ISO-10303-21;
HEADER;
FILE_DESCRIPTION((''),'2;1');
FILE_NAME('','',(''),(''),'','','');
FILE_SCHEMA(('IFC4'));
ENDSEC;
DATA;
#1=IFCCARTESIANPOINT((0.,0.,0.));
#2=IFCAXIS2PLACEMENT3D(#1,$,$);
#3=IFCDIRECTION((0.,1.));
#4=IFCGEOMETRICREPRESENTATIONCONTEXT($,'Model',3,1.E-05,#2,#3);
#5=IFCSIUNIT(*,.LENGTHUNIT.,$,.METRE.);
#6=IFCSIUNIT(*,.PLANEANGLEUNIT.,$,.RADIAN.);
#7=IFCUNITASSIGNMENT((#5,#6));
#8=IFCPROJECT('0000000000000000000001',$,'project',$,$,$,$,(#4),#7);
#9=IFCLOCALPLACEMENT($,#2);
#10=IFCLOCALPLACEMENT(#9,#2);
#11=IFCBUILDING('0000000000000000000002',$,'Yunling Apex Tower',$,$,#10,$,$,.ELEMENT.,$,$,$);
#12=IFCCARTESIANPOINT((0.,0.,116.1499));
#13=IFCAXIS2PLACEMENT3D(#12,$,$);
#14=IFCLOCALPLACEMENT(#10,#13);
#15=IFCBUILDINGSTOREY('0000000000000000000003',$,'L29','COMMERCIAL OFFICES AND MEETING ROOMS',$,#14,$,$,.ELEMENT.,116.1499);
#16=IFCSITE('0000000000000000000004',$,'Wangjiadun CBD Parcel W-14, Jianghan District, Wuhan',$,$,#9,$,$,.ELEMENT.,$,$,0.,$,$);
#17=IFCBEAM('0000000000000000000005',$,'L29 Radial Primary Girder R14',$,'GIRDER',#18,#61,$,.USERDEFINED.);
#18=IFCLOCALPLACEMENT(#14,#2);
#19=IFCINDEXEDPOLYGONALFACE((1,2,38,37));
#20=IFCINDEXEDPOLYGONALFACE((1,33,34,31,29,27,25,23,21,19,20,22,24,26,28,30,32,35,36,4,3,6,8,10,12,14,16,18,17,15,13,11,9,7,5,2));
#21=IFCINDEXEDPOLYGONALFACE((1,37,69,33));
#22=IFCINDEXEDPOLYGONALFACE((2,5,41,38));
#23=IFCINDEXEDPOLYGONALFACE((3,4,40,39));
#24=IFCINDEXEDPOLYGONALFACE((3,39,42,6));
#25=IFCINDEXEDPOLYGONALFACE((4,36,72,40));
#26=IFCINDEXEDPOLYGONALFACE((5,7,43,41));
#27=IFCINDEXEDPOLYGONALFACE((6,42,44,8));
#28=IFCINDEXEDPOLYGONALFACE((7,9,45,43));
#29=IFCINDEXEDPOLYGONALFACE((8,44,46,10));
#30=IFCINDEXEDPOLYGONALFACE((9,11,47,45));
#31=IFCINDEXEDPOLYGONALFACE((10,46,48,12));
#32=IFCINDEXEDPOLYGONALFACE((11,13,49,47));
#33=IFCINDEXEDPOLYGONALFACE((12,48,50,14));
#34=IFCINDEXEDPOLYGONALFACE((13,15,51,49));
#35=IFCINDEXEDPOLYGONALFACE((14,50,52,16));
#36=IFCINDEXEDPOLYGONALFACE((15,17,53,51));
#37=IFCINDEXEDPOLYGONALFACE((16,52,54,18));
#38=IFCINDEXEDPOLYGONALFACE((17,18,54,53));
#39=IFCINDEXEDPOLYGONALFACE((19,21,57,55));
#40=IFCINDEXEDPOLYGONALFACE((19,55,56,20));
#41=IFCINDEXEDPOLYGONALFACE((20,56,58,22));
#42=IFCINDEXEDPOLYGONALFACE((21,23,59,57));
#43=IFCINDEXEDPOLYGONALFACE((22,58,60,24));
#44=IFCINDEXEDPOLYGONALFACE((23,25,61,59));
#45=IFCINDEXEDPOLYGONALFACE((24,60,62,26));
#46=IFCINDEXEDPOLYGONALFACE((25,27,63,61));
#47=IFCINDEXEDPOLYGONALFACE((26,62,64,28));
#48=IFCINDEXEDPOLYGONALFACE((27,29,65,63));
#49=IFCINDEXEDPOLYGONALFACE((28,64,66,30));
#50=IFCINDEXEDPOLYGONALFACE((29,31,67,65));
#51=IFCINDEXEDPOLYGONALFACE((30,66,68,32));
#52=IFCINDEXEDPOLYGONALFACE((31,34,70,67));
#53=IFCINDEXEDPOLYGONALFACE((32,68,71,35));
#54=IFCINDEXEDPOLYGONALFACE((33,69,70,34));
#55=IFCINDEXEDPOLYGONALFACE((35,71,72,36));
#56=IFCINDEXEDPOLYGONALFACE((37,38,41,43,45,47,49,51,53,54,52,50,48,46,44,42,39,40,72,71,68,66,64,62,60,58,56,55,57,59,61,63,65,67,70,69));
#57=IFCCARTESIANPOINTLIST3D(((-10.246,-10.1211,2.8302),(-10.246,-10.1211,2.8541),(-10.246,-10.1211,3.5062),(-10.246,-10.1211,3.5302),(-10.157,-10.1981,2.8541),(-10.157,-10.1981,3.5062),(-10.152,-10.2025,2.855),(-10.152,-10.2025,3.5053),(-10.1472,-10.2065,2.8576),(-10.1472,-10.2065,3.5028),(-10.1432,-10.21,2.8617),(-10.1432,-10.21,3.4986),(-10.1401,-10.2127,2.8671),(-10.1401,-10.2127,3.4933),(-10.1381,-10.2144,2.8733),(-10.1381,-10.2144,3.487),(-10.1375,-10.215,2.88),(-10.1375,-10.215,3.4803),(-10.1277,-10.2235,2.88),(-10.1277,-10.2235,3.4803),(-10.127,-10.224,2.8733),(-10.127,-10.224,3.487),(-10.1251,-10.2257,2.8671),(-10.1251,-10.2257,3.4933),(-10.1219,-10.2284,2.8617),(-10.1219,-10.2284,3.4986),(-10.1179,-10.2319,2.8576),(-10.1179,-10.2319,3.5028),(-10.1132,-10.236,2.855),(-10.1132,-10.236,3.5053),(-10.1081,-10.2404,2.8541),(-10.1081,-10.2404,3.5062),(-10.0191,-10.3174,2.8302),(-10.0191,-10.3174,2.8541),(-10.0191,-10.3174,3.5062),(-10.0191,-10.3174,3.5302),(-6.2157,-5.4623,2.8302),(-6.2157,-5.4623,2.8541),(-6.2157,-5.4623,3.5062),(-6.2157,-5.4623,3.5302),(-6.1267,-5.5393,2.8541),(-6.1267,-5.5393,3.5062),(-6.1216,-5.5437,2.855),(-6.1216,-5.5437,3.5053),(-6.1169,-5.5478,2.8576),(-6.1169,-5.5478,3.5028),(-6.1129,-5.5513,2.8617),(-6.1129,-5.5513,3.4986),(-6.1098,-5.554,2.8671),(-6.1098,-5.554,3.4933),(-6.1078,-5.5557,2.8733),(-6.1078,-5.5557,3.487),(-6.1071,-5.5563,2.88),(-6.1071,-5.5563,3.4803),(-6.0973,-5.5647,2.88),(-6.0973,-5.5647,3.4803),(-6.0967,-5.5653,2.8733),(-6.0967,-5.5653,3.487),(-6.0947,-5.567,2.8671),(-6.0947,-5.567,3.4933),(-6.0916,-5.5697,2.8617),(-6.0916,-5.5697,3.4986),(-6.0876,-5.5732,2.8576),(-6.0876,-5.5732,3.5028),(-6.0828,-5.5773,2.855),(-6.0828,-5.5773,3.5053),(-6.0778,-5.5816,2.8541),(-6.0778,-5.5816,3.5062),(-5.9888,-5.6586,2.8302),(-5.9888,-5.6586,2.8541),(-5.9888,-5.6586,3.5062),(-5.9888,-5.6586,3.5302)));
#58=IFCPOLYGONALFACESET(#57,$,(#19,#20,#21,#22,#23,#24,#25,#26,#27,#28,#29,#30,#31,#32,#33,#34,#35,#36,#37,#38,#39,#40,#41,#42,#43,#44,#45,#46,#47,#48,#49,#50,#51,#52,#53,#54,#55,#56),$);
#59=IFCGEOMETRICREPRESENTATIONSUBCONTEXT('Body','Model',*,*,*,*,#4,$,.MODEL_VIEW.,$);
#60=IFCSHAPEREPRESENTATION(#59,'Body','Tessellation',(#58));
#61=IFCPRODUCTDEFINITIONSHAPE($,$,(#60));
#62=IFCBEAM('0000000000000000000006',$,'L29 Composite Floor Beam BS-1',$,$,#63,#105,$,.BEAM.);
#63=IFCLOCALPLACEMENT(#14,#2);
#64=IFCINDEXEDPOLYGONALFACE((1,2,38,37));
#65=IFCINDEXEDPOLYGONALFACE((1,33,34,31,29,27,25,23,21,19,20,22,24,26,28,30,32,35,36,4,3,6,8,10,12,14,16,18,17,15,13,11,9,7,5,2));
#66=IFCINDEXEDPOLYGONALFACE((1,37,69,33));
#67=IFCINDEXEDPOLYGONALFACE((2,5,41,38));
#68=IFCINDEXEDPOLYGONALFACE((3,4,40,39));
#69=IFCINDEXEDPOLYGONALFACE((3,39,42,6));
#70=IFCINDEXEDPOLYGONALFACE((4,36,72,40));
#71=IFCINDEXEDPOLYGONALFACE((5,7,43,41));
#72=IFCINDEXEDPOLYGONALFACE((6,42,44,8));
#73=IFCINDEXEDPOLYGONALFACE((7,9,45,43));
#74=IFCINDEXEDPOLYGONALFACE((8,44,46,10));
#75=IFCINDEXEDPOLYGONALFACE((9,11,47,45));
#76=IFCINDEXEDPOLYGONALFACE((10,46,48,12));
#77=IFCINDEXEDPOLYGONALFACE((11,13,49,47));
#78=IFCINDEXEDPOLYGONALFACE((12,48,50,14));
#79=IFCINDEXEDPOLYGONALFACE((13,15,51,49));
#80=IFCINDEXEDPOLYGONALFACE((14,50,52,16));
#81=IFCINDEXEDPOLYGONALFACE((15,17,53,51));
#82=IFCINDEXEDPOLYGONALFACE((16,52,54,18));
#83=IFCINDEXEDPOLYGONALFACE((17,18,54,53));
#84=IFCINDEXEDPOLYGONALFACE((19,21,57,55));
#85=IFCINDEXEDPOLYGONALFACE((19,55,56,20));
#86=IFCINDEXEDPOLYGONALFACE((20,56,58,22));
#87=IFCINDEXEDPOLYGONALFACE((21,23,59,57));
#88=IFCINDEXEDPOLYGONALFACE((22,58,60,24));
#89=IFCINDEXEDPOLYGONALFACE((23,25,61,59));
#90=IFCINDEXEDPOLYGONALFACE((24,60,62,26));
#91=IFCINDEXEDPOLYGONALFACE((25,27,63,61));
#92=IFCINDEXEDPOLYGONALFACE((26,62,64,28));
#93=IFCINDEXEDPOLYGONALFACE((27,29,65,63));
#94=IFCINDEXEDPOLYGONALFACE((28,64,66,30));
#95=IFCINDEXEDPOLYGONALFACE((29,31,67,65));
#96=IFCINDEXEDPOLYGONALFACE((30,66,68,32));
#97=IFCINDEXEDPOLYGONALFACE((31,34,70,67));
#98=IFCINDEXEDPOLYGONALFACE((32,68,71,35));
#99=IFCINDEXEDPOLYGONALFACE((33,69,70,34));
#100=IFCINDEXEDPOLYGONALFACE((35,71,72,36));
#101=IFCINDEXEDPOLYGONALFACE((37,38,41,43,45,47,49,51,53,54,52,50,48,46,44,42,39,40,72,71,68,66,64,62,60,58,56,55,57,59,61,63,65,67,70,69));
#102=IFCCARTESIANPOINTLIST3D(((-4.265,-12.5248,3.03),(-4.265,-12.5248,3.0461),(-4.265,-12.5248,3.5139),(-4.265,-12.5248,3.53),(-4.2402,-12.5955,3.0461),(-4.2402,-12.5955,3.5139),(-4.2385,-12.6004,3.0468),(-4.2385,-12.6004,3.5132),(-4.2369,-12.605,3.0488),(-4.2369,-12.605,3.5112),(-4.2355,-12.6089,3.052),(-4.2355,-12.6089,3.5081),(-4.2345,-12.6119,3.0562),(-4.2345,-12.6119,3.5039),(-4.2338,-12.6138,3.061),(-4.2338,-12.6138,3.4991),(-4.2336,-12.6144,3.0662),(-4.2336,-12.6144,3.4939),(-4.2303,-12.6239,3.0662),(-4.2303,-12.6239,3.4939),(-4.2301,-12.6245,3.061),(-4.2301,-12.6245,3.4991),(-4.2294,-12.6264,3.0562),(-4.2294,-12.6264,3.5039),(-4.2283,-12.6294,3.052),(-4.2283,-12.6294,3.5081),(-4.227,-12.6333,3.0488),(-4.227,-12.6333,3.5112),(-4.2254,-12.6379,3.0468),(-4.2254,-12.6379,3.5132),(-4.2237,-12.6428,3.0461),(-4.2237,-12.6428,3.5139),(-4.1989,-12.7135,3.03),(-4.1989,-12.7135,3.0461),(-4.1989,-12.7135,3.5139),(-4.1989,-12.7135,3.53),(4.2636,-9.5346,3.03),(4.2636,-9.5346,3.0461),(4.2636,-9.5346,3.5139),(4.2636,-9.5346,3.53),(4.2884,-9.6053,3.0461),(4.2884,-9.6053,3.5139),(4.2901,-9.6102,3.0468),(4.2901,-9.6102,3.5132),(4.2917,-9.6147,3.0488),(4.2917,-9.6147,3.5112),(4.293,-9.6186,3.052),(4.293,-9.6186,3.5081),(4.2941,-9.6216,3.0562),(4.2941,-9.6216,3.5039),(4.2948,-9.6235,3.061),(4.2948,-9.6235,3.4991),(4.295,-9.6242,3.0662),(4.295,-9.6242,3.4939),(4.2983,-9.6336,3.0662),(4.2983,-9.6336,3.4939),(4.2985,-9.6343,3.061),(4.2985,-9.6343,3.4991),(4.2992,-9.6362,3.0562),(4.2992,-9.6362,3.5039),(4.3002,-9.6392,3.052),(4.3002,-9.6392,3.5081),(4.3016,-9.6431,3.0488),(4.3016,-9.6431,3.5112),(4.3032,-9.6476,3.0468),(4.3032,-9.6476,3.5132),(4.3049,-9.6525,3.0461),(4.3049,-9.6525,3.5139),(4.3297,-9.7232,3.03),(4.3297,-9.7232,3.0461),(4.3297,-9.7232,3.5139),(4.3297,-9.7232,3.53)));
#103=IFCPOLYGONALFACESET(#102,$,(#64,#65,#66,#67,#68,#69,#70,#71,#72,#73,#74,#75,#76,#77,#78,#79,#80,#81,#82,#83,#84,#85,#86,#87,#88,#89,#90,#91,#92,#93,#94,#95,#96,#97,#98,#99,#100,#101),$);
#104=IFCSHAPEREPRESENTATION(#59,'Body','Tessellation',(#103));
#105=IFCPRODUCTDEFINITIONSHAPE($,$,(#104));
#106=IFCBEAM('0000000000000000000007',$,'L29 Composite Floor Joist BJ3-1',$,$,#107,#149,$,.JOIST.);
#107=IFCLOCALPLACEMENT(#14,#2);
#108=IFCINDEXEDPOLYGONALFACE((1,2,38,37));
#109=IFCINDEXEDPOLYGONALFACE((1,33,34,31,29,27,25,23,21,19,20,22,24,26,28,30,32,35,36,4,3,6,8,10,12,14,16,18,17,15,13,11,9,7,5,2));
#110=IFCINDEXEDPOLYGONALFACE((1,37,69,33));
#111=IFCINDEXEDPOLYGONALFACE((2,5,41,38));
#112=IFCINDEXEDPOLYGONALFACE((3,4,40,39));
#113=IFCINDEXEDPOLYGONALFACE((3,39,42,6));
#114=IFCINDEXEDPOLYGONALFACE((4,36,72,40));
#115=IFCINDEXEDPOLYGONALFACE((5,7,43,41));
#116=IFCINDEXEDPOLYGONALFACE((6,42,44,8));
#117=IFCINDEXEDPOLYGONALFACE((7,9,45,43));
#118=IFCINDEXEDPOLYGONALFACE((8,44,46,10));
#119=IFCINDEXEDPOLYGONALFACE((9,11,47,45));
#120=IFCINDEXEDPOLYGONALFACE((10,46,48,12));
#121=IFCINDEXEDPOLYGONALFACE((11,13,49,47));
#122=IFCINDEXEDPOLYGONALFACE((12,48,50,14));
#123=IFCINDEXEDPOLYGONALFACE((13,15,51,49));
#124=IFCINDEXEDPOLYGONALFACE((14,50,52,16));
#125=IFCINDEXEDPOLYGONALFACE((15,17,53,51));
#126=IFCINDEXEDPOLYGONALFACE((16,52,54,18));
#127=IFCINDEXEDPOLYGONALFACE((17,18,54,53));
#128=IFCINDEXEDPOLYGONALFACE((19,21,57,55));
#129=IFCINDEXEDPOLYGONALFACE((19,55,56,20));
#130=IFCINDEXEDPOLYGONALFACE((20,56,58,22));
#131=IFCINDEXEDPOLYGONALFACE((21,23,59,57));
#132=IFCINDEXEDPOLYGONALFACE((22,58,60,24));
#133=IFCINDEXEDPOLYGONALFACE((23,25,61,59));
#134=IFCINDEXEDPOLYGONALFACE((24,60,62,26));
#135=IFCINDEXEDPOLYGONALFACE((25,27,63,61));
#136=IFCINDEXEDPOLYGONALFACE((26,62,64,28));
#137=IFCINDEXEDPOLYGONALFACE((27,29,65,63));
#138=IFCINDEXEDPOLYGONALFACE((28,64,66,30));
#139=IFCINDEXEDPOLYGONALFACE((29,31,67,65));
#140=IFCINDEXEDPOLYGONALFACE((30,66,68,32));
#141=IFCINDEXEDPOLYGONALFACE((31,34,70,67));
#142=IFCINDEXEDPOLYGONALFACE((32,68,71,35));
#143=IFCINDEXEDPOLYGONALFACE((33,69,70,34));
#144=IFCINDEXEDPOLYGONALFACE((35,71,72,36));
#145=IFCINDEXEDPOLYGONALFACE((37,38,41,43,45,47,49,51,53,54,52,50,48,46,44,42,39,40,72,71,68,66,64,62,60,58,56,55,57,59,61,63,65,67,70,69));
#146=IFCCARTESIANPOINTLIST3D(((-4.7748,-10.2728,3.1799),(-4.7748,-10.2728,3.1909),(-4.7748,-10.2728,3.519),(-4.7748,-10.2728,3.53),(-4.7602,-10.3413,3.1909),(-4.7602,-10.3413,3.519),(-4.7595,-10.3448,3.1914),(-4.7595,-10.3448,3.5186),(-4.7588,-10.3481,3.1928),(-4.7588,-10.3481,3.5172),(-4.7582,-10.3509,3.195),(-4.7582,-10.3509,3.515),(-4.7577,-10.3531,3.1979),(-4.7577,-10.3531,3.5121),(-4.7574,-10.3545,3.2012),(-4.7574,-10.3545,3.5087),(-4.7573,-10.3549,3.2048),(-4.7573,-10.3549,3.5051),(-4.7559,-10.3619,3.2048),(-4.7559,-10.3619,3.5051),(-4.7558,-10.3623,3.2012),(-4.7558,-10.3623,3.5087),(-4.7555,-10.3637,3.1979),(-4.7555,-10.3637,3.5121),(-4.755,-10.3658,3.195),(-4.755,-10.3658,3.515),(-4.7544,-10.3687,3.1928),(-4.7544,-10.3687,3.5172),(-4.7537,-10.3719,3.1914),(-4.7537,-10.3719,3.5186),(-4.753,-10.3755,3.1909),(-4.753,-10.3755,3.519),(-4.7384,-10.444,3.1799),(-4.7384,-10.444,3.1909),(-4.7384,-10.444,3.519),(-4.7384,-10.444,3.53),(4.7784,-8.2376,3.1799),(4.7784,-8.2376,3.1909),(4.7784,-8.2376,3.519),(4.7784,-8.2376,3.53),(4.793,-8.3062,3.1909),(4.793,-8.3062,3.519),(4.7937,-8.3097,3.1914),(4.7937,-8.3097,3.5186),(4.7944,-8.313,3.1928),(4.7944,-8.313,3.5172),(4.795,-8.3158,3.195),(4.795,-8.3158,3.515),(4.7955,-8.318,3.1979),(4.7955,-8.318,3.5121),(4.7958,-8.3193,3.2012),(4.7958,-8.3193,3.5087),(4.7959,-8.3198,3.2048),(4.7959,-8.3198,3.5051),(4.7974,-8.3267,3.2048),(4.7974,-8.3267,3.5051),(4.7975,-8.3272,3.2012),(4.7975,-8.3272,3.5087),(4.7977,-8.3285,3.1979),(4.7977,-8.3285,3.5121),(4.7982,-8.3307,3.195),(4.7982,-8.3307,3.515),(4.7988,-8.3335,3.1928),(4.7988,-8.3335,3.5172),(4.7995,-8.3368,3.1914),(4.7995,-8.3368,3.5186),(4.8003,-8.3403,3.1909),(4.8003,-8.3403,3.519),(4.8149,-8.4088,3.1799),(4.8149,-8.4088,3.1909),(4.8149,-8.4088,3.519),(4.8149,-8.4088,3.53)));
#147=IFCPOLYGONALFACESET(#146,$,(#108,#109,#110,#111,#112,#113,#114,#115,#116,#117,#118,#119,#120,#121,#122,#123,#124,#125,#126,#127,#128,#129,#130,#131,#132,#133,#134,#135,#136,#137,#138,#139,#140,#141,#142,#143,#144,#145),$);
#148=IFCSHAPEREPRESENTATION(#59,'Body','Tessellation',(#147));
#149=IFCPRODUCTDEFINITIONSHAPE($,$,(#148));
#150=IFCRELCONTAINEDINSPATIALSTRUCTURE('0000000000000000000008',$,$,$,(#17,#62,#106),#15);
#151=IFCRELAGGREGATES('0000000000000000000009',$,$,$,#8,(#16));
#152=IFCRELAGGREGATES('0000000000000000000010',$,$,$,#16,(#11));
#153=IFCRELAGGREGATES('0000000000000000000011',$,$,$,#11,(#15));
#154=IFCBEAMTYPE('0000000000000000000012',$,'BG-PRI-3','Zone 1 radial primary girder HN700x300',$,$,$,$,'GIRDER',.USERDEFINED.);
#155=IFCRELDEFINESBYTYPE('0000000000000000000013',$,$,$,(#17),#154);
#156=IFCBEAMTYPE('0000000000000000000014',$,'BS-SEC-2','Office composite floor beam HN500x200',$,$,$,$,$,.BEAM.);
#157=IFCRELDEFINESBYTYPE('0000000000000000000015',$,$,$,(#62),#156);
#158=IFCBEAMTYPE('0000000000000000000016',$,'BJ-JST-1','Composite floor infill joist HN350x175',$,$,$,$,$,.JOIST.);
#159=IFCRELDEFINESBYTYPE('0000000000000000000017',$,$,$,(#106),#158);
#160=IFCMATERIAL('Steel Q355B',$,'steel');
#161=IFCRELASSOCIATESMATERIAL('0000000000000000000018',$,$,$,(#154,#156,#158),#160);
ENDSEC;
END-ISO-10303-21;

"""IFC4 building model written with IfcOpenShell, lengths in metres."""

from ifc_helpers import new_model, si_unit, direction, frame, origin, origin_2d, place, context, subcontext, project, spatial, i_section, extrude, source, transform, mapped, material, material_profile, profile_set, type_object, element, save


model = new_model("IFC4")

# Units and contexts
model_context = context("Model", 3, precision=1e-05, world=origin(), true_north=direction((0.0, 1.0)))
body_context = subcontext(model_context, "Body", "Model", "MODEL_VIEW")
ifc_project = project(units=[si_unit("LENGTHUNIT", "METRE"), si_unit("PLANEANGLEUNIT", "RADIAN")], contexts=[model_context])

# Site, building, storey
site_placement = place(None, origin())
site = spatial("IfcSite", under=ifc_project, at=site_placement, Name="Wangjiadun CBD Parcel W-14, Jianghan District, Wuhan", CompositionType="ELEMENT", RefElevation=0.0)
building_placement = place(site_placement, origin())
building = spatial("IfcBuilding", under=site, at=building_placement, Name="Yunling Apex Tower", CompositionType="ELEMENT")
storey_placement = place(building_placement, frame((0.0, 0.0, 116.1499)))
storey = spatial("IfcBuildingStorey", under=building, at=storey_placement, Name="L29", Description="COMMERCIAL OFFICES AND MEETING ROOMS", CompositionType="ELEMENT", Elevation=116.1499)

# Beams
ifc_material_1 = material(Name="Steel Q355B", Category="steel")
ifc_material_profile_1 = material_profile(ifc_material_1, i_section(OverallWidth=0.3, OverallDepth=0.7, WebThickness=0.0129, FlangeThickness=0.0239, FilletRadius=0.0259, at=origin_2d()))
ifc_profile_set_1 = profile_set([ifc_material_profile_1], Name="Steel Q355B")
beam_type_1 = type_object("IfcBeamType", Name="BG-PRI-3", Description="Zone 1 radial primary girder HN700x300", ElementType="GIRDER", PredefinedType="USERDEFINED", material=ifc_profile_set_1)
shared_shape_1 = source(origin(), body_context, "Body", "SweptSolid", [
    extrude(i_section(OverallWidth=0.3, OverallDepth=0.7, WebThickness=0.0129, FlangeThickness=0.0239, FilletRadius=0.0259, at=origin_2d()), origin(), (0.0, 0.0, 1.0), 6.1602),
])
beam_1_placement = place(storey_placement, frame((-10.1326, -10.2192, 3.1802), z_axis=(0.654257, 0.756272, 0.0), x_axis=(-0.756272, 0.654257, 0.0)))
element("IfcBeam", 1, at=beam_1_placement, inside=storey, type_object=beam_type_1, Name="L29 Radial Primary Girder R14", ObjectType="GIRDER", PredefinedType="USERDEFINED", context=body_context, shape_type="MappedRepresentation", body=[
    mapped(shared_shape_1, transform((0.0, 0.0, 0.0), scale=1.0)),
])
ifc_material_profile_2 = material_profile(ifc_material_1, i_section(OverallWidth=0.2, OverallDepth=0.5, WebThickness=0.01, FlangeThickness=0.0161, FilletRadius=0.02, at=origin_2d()))
ifc_profile_set_2 = profile_set([ifc_material_profile_2], Name="Steel Q355B")
beam_type_2 = type_object("IfcBeamType", Name="BS-SEC-2", Description="Office composite floor beam HN500x200", PredefinedType="BEAM", material=ifc_profile_set_2)
shared_shape_2 = source(origin(), body_context, "Body", "SweptSolid", [
    extrude(i_section(OverallWidth=0.2, OverallDepth=0.5, WebThickness=0.01, FlangeThickness=0.0161, FilletRadius=0.02, at=origin_2d()), origin(), (0.0, 0.0, 1.0), 9.0376),
])
beam_2_placement = place(storey_placement, frame((-4.2319, -12.6191, 3.28), z_axis=(0.943678, 0.330867, 0.0), x_axis=(-0.330867, 0.943678, 0.0)))
element("IfcBeam", 2, at=beam_2_placement, inside=storey, type_object=beam_type_2, Name="L29 Composite Floor Beam BS-1", PredefinedType="BEAM", context=body_context, shape_type="MappedRepresentation", body=[
    mapped(shared_shape_2, transform((0.0, 0.0, 0.0), scale=1.0)),
])
ifc_material_profile_3 = material_profile(ifc_material_1, i_section(OverallWidth=0.175, OverallDepth=0.3501, WebThickness=0.0071, FlangeThickness=0.011, FilletRadius=0.0139, at=origin_2d()))
ifc_profile_set_3 = profile_set([ifc_material_profile_3], Name="Steel Q355B")
beam_type_3 = type_object("IfcBeamType", Name="BJ-JST-1", Description="Composite floor infill joist HN350x175", PredefinedType="JOIST", material=ifc_profile_set_3)
shared_shape_3 = source(origin(), body_context, "Body", "SweptSolid", [
    extrude(i_section(OverallWidth=0.175, OverallDepth=0.3501, WebThickness=0.0071, FlangeThickness=0.011, FilletRadius=0.0139, at=origin_2d()), origin(), (0.0, 0.0, 1.0), 9.7676),
])
beam_3_placement = place(storey_placement, frame((-4.7566, -10.3584, 3.355), z_axis=(0.978053, 0.208358, 0.0), x_axis=(-0.208358, 0.978053, 0.0)))
element("IfcBeam", 3, at=beam_3_placement, inside=storey, type_object=beam_type_3, Name="L29 Composite Floor Joist BJ3-1", PredefinedType="JOIST", context=body_context, shape_type="MappedRepresentation", body=[
    mapped(shared_shape_3, transform((0.0, 0.0, 0.0), scale=1.0)),
])

save(model, "model.ifc")
